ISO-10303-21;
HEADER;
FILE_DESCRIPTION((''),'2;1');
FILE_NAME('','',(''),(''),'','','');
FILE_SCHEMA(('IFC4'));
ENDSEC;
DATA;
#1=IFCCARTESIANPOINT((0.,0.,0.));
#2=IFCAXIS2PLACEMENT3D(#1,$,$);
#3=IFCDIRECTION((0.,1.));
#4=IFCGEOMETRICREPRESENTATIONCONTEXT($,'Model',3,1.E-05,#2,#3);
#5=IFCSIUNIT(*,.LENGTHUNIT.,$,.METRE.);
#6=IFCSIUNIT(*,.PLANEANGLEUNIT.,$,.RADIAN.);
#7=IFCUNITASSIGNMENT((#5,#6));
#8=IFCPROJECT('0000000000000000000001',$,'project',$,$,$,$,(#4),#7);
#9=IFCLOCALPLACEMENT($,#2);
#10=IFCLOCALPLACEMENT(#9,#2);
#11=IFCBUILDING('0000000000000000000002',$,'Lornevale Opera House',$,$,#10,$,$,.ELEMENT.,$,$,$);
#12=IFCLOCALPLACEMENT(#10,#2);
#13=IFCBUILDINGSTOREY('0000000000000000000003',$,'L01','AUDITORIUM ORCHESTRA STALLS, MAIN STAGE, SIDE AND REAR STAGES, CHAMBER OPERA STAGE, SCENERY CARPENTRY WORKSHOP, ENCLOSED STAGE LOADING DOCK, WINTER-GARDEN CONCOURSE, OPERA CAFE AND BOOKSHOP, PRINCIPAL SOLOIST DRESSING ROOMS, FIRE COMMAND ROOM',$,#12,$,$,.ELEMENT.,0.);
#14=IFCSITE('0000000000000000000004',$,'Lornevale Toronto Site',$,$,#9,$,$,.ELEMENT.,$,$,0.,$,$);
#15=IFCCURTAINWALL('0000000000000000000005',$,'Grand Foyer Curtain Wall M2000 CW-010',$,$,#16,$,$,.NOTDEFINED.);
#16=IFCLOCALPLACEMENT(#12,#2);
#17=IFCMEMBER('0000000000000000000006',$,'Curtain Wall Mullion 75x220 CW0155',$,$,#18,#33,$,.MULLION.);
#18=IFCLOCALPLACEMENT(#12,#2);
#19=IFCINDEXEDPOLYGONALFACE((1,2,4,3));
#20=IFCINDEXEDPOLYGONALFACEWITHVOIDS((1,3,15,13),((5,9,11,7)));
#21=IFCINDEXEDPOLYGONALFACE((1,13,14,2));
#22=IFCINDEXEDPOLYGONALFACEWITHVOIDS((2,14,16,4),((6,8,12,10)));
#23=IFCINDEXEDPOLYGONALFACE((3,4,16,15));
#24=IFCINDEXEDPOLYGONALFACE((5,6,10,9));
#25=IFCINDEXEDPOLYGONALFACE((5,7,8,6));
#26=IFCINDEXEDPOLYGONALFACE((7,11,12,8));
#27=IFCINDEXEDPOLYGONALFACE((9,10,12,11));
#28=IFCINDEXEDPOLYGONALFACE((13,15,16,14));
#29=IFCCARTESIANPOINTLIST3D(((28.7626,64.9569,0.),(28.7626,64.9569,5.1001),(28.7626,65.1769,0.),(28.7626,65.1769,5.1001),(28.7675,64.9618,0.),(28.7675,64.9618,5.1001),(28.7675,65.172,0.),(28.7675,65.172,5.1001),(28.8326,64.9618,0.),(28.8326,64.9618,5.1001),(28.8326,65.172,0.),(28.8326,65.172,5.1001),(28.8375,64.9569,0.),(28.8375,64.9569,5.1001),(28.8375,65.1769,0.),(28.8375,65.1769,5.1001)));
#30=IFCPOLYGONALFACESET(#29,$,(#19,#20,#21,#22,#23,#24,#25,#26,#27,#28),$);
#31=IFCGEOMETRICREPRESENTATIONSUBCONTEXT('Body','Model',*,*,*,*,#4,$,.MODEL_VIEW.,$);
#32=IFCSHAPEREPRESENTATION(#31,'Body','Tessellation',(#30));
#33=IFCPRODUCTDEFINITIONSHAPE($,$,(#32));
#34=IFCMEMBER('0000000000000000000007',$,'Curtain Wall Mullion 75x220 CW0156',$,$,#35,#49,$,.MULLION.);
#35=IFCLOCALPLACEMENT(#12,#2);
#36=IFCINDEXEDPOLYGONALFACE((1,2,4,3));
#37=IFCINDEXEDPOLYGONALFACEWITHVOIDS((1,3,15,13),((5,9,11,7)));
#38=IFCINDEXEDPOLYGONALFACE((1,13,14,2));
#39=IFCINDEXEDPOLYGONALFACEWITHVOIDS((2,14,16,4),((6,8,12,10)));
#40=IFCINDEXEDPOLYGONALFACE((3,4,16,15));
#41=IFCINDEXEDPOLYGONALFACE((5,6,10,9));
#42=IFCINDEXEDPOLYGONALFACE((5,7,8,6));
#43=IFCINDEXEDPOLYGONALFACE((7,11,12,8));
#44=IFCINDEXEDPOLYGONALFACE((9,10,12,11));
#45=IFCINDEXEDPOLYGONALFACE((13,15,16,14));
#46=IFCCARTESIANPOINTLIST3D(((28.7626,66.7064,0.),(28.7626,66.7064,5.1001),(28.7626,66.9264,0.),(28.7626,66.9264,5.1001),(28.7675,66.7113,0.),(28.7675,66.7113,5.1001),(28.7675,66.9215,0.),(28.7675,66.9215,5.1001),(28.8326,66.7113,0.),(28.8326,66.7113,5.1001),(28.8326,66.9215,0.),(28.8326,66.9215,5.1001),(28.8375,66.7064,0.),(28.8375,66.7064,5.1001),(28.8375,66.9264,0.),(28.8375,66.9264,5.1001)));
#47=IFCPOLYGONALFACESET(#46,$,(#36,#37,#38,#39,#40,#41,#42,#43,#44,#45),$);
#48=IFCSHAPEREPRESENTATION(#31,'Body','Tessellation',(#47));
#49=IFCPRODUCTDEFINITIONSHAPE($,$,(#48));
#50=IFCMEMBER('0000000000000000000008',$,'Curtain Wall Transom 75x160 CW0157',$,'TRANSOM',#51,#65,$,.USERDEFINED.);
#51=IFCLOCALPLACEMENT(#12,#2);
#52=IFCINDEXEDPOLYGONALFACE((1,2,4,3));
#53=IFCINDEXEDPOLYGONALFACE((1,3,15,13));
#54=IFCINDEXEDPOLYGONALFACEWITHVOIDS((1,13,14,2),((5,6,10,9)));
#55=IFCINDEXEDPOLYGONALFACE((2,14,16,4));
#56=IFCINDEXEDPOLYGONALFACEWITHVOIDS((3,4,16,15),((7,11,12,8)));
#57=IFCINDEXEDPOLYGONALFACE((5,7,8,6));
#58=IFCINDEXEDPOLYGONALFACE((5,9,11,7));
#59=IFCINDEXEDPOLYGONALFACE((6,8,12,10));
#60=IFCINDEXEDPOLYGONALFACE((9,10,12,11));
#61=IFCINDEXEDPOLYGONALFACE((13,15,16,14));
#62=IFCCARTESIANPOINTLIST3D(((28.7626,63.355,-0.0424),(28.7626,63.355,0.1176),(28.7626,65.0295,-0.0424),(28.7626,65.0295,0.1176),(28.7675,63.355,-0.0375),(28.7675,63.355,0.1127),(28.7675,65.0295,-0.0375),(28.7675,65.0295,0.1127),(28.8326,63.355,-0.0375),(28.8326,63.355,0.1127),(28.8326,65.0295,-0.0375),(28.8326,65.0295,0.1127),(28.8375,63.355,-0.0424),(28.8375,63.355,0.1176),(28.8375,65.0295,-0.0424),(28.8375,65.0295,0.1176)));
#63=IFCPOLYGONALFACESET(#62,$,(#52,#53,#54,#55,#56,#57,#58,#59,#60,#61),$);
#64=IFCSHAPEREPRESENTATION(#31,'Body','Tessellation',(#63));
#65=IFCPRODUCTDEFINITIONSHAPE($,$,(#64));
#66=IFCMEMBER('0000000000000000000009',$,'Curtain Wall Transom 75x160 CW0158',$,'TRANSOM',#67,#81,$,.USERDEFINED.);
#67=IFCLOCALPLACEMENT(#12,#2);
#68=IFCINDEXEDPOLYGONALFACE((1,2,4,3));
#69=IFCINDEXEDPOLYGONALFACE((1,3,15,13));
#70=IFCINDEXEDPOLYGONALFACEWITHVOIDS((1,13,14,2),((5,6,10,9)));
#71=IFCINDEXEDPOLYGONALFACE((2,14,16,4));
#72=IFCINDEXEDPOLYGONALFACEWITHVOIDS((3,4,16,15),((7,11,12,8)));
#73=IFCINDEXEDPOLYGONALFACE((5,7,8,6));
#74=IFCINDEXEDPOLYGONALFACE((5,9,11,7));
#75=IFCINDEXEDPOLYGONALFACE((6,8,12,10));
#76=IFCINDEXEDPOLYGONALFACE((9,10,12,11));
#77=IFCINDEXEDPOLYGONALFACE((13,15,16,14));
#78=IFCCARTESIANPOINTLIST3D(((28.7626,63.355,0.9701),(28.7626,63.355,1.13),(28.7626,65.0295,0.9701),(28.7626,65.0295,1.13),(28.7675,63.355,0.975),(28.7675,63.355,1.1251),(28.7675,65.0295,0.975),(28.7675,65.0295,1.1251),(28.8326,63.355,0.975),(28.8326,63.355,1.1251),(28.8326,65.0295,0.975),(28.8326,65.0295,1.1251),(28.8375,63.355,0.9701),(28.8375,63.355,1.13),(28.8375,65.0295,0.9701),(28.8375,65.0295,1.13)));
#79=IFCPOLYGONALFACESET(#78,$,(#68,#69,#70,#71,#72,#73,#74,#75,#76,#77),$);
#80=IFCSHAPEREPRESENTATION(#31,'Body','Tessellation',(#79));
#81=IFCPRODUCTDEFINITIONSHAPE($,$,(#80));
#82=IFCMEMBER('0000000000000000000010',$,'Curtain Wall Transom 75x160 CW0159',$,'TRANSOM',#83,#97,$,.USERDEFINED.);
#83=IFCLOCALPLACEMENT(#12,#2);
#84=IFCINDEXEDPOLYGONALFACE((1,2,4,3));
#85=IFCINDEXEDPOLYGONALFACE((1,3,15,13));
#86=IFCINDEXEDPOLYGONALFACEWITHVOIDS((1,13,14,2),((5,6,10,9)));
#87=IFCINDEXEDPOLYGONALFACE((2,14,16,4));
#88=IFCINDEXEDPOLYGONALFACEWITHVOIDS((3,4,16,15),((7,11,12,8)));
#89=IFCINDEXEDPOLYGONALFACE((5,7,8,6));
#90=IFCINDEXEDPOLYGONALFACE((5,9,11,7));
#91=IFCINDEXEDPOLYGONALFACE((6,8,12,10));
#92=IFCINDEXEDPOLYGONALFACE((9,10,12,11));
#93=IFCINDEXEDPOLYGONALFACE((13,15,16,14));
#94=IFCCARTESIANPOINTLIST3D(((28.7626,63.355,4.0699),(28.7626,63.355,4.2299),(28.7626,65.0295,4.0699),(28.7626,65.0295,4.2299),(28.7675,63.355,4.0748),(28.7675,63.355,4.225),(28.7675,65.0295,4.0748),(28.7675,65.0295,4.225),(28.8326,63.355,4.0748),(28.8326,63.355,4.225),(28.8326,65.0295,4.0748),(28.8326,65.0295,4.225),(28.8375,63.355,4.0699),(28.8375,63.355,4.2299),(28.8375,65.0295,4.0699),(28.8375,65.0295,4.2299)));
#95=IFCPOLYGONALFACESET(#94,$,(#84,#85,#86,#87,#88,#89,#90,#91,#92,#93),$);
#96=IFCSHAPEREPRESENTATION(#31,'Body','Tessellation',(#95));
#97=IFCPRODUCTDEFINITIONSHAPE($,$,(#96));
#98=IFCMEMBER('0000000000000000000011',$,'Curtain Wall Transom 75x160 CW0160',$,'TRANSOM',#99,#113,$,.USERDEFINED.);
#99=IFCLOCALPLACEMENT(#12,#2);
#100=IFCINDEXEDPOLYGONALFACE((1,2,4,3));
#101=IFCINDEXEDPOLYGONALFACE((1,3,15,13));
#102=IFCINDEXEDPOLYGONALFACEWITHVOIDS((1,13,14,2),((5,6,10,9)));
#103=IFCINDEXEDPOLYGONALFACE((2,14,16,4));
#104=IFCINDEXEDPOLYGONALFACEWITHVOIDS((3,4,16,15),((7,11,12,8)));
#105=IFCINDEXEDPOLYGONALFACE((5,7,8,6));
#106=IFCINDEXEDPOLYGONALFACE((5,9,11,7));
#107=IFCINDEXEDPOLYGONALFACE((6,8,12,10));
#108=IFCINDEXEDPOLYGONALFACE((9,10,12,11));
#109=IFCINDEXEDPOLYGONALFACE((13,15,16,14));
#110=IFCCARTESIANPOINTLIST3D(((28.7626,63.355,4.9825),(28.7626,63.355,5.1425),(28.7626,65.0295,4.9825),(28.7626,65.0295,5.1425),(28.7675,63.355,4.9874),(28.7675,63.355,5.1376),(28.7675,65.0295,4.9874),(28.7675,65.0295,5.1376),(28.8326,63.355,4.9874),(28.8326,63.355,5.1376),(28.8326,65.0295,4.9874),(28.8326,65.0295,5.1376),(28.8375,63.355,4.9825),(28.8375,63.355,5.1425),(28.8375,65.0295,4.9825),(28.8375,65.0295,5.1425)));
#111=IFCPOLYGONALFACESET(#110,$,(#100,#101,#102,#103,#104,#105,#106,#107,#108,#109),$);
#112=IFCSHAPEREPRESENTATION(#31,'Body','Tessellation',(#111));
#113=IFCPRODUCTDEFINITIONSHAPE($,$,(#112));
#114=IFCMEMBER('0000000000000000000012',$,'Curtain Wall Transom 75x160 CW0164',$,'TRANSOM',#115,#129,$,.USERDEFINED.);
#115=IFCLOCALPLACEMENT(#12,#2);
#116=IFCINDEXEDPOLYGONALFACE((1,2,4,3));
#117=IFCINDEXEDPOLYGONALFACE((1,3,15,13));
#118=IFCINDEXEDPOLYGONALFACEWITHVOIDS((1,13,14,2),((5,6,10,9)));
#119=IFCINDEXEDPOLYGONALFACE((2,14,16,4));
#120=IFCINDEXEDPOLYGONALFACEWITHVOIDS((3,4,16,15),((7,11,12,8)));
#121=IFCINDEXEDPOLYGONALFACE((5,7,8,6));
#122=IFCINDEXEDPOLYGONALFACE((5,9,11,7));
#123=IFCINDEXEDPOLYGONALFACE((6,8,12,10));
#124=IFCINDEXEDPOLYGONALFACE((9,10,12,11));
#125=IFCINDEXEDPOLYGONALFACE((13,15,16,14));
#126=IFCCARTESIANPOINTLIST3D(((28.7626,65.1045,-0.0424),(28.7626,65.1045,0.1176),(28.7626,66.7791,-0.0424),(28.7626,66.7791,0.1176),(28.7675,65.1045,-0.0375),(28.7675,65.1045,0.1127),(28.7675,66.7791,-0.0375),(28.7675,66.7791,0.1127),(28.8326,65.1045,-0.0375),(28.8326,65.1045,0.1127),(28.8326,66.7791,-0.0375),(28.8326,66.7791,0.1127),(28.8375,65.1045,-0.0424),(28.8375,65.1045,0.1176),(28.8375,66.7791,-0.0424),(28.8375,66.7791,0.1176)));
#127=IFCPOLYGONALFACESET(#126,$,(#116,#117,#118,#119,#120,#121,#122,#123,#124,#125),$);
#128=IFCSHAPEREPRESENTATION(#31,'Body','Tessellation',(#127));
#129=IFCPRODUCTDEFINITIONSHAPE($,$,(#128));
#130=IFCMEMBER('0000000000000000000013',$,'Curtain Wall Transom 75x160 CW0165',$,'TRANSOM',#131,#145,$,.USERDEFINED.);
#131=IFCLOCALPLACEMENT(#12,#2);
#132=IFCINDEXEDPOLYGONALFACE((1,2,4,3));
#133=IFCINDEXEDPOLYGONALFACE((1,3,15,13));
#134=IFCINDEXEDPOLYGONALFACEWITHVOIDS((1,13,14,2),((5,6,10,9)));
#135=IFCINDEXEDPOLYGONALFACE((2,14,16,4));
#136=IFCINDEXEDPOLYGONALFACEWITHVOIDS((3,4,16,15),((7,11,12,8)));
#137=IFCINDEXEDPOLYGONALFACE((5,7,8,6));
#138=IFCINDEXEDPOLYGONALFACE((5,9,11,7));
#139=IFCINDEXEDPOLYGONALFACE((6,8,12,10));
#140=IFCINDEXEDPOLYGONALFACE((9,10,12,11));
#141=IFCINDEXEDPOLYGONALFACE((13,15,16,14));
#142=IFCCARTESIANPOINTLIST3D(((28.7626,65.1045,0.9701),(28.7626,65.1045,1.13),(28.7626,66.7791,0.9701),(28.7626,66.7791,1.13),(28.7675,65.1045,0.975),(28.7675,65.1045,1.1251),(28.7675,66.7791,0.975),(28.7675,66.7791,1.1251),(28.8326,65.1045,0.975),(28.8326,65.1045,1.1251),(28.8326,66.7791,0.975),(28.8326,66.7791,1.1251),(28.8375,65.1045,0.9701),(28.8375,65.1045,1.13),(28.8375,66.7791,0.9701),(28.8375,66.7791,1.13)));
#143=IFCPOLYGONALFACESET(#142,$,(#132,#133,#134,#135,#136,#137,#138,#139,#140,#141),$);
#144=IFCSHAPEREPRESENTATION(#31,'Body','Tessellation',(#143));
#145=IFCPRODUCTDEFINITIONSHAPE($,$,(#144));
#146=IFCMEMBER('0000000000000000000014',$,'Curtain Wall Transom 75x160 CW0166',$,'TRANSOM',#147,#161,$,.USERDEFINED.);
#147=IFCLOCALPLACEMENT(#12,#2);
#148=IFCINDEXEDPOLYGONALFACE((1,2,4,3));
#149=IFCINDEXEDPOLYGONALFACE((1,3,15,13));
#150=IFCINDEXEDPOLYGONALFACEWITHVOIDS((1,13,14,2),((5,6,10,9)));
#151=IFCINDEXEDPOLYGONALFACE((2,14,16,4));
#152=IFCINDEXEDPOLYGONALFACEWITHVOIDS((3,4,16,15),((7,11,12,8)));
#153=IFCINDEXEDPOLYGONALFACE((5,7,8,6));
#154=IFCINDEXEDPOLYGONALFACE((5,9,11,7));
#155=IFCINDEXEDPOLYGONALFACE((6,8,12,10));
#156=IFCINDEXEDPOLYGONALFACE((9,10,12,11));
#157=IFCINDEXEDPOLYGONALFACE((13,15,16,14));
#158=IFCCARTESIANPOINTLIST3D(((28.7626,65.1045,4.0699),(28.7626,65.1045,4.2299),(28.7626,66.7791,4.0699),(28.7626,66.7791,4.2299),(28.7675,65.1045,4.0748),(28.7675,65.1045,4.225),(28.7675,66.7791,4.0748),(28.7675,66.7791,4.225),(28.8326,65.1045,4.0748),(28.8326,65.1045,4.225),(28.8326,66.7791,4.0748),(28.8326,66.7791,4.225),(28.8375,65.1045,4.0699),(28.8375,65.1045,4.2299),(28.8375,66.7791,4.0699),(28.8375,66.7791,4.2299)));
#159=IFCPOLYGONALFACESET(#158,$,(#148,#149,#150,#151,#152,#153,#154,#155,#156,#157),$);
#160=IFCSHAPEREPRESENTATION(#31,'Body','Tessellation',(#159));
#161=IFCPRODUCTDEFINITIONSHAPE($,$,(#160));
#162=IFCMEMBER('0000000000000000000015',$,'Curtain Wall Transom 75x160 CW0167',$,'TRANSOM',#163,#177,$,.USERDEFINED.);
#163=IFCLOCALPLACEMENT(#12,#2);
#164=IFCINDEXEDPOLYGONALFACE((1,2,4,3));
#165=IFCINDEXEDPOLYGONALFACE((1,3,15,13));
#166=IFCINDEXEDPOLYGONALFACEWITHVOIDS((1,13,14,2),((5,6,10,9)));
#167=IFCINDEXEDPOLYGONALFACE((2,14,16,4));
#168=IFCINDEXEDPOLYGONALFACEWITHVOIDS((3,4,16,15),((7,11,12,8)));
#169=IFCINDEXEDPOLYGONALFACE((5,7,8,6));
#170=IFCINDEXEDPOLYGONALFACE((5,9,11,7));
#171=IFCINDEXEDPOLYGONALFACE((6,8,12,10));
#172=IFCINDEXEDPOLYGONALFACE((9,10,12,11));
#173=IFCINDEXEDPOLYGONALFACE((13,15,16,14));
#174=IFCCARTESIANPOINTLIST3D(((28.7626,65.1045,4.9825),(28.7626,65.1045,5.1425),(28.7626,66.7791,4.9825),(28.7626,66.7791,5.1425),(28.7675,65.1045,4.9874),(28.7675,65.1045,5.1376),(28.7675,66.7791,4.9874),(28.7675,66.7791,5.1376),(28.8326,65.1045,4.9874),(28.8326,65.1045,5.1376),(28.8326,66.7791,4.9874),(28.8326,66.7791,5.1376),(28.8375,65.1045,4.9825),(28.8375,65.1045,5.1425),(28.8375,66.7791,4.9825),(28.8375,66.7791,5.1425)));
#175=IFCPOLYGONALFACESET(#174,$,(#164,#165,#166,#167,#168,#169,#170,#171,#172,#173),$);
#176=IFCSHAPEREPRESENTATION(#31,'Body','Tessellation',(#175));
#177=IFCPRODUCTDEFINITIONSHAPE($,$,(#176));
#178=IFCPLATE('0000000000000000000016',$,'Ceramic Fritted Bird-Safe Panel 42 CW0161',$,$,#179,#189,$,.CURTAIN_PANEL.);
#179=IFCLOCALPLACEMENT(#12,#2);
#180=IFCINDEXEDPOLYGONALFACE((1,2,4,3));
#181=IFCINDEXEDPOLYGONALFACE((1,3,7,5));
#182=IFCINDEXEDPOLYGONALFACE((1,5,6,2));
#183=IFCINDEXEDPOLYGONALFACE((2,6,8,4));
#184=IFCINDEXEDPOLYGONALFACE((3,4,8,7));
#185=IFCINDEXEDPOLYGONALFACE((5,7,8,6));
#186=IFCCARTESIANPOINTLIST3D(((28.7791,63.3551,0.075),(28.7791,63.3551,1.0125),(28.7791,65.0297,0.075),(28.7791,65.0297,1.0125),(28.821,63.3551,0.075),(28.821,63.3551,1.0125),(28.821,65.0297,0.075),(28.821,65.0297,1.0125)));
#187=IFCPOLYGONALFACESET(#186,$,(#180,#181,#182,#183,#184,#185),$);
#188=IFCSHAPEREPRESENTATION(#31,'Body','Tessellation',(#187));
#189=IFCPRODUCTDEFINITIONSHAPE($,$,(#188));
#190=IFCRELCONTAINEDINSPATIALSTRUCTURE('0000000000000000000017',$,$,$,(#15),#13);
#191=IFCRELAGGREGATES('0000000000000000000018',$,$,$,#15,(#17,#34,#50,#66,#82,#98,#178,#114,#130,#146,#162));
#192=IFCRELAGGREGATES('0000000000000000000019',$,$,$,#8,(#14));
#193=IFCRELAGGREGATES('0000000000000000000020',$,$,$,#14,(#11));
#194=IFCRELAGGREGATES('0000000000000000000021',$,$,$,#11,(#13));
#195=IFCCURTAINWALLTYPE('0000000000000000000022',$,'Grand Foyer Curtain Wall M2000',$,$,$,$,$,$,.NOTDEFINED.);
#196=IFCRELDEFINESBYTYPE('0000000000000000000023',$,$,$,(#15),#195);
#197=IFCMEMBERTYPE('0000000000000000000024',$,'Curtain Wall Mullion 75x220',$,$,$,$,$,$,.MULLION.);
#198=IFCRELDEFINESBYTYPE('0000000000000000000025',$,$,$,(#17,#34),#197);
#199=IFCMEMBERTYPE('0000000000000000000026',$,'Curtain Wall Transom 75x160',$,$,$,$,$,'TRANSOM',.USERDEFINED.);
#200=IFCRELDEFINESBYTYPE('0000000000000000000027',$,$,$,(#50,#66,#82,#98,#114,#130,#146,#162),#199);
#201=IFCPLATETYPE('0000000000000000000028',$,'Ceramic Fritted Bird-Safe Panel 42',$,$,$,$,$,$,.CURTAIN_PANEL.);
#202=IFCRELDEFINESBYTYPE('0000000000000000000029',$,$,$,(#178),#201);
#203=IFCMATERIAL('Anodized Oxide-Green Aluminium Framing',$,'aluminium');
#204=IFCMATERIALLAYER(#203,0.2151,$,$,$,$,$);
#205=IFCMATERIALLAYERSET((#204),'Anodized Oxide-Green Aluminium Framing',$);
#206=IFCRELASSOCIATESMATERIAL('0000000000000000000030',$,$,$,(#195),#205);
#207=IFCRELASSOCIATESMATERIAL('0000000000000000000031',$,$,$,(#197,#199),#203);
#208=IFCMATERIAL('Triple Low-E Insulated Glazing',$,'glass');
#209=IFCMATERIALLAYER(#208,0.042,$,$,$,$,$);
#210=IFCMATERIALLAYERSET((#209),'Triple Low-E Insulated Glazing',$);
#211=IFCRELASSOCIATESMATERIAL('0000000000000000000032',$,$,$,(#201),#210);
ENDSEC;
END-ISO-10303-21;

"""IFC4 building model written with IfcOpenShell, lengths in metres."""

from ifc_helpers import new_model, si_unit, direction, frame, origin, origin_2d, place, context, subcontext, project, spatial, rectangle, hollow_rectangle, extrude, material, layer, layer_set, material_profile, profile_set, type_object, element, aggregate, save


model = new_model("IFC4")

# Units and contexts
model_context = context("Model", 3, precision=1e-05, world=origin(), true_north=direction((0.0, 1.0)))
body_context = subcontext(model_context, "Body", "Model", "MODEL_VIEW")
ifc_project = project(units=[si_unit("LENGTHUNIT", "METRE"), si_unit("PLANEANGLEUNIT", "RADIAN")], contexts=[model_context])

# Site, building, storey
site_placement = place(None, origin())
site = spatial("IfcSite", under=ifc_project, at=site_placement, Name="Lornevale Toronto Site", CompositionType="ELEMENT", RefElevation=0.0)
building_placement = place(site_placement, origin())
building = spatial("IfcBuilding", under=site, at=building_placement, Name="Lornevale Opera House", CompositionType="ELEMENT")
storey_placement = place(building_placement, origin())
storey = spatial("IfcBuildingStorey", under=building, at=storey_placement, Name="L01", Description="AUDITORIUM ORCHESTRA STALLS, MAIN STAGE, SIDE AND REAR STAGES, CHAMBER OPERA STAGE, SCENERY CARPENTRY WORKSHOP, ENCLOSED STAGE LOADING DOCK, WINTER-GARDEN CONCOURSE, OPERA CAFE AND BOOKSHOP, PRINCIPAL SOLOIST DRESSING ROOMS, FIRE COMMAND ROOM", CompositionType="ELEMENT", Elevation=0.0)

# Curtain wall, members, plate
ifc_material_1 = material(Name="Anodized Oxide-Green Aluminium Framing", Category="aluminium")
ifc_layer_1 = layer(ifc_material_1, 0.2151)
ifc_layer_set_1 = layer_set([ifc_layer_1], Name="Anodized Oxide-Green Aluminium Framing")
curtain_wall_type = type_object("IfcCurtainWallType", Name="Grand Foyer Curtain Wall M2000", PredefinedType="NOTDEFINED", material=ifc_layer_set_1)
curtain_wall_placement = place(storey_placement, origin())
curtain_wall = element("IfcCurtainWall", 1, at=curtain_wall_placement, inside=storey, type_object=curtain_wall_type, Name="Grand Foyer Curtain Wall M2000 CW-010", PredefinedType="NOTDEFINED")
ifc_material_profile_1 = material_profile(ifc_material_1, hollow_rectangle(XDim=0.075, YDim=0.22, WallThickness=0.0049, at=origin_2d()), Name="ALU75x220x5")
ifc_profile_set_1 = profile_set([ifc_material_profile_1], Name="Anodized Oxide-Green Aluminium Framing")
member_type_1 = type_object("IfcMemberType", Name="Curtain Wall Mullion 75x220", PredefinedType="MULLION", material=ifc_profile_set_1)
member_1_placement = place(storey_placement, frame((28.8, 65.0669, 0.0), z_axis=(0.0, 0.0, 1.0), x_axis=(-1.0, 0.0, 0.0)))
member_1 = element("IfcMember", 2, at=member_1_placement, type_object=member_type_1, Name="Curtain Wall Mullion 75x220 CW0155", PredefinedType="MULLION", context=body_context, shape_type="SweptSolid", body=[
    extrude(hollow_rectangle(XDim=0.075, YDim=0.22, WallThickness=0.0049, at=origin_2d()), origin(), (0.0, 0.0, 1.0), 5.1001),
])
member_2_placement = place(storey_placement, frame((28.8, 66.8164, 0.0), z_axis=(0.0, 0.0, 1.0), x_axis=(-1.0, 0.0, 0.0)))
member_2 = element("IfcMember", 3, at=member_2_placement, type_object=member_type_1, Name="Curtain Wall Mullion 75x220 CW0156", PredefinedType="MULLION", context=body_context, shape_type="SweptSolid", body=[
    extrude(hollow_rectangle(XDim=0.075, YDim=0.22, WallThickness=0.0049, at=origin_2d()), origin(), (0.0, 0.0, 1.0), 5.1001),
])
ifc_material_profile_2 = material_profile(ifc_material_1, hollow_rectangle(XDim=0.075, YDim=0.1599, WallThickness=0.0049, at=origin_2d()), Name="ALU75x160x5")
ifc_profile_set_2 = profile_set([ifc_material_profile_2], Name="Anodized Oxide-Green Aluminium Framing")
member_type_2 = type_object("IfcMemberType", Name="Curtain Wall Transom 75x160", ElementType="TRANSOM", PredefinedType="USERDEFINED", material=ifc_profile_set_2)
member_3_placement = place(storey_placement, frame((28.8, 63.355, 0.0376), z_axis=(0.0, 1.0, 0.0), x_axis=(-1.0, 0.0, 0.0)))
member_3 = element("IfcMember", 4, at=member_3_placement, type_object=member_type_2, Name="Curtain Wall Transom 75x160 CW0157", ObjectType="TRANSOM", PredefinedType="USERDEFINED", context=body_context, shape_type="SweptSolid", body=[
    extrude(hollow_rectangle(XDim=0.075, YDim=0.1599, WallThickness=0.0049, at=origin_2d()), origin(), (0.0, 0.0, 1.0), 1.6746),
])
member_4_placement = place(storey_placement, frame((28.8, 63.355, 1.05), z_axis=(0.0, 1.0, 0.0), x_axis=(-1.0, 0.0, 0.0)))
member_4 = element("IfcMember", 5, at=member_4_placement, type_object=member_type_2, Name="Curtain Wall Transom 75x160 CW0158", ObjectType="TRANSOM", PredefinedType="USERDEFINED", context=body_context, shape_type="SweptSolid", body=[
    extrude(hollow_rectangle(XDim=0.075, YDim=0.1599, WallThickness=0.0049, at=origin_2d()), origin(), (0.0, 0.0, 1.0), 1.6746),
])
member_5_placement = place(storey_placement, frame((28.8, 63.355, 4.1499), z_axis=(0.0, 1.0, 0.0), x_axis=(-1.0, 0.0, 0.0)))
member_5 = element("IfcMember", 6, at=member_5_placement, type_object=member_type_2, Name="Curtain Wall Transom 75x160 CW0159", ObjectType="TRANSOM", PredefinedType="USERDEFINED", context=body_context, shape_type="SweptSolid", body=[
    extrude(hollow_rectangle(XDim=0.075, YDim=0.1599, WallThickness=0.0049, at=origin_2d()), origin(), (0.0, 0.0, 1.0), 1.6746),
])
member_6_placement = place(storey_placement, frame((28.8, 63.355, 5.0625), z_axis=(0.0, 1.0, 0.0), x_axis=(-1.0, 0.0, 0.0)))
member_6 = element("IfcMember", 7, at=member_6_placement, type_object=member_type_2, Name="Curtain Wall Transom 75x160 CW0160", ObjectType="TRANSOM", PredefinedType="USERDEFINED", context=body_context, shape_type="SweptSolid", body=[
    extrude(hollow_rectangle(XDim=0.075, YDim=0.1599, WallThickness=0.0049, at=origin_2d()), origin(), (0.0, 0.0, 1.0), 1.6746),
])
member_7_placement = place(storey_placement, frame((28.8, 65.1045, 0.0376), z_axis=(0.0, 1.0, 0.0), x_axis=(-1.0, 0.0, 0.0)))
member_7 = element("IfcMember", 8, at=member_7_placement, type_object=member_type_2, Name="Curtain Wall Transom 75x160 CW0164", ObjectType="TRANSOM", PredefinedType="USERDEFINED", context=body_context, shape_type="SweptSolid", body=[
    extrude(hollow_rectangle(XDim=0.075, YDim=0.1599, WallThickness=0.0049, at=origin_2d()), origin(), (0.0, 0.0, 1.0), 1.6746),
])
member_8_placement = place(storey_placement, frame((28.8, 65.1045, 1.05), z_axis=(0.0, 1.0, 0.0), x_axis=(-1.0, 0.0, 0.0)))
member_8 = element("IfcMember", 9, at=member_8_placement, type_object=member_type_2, Name="Curtain Wall Transom 75x160 CW0165", ObjectType="TRANSOM", PredefinedType="USERDEFINED", context=body_context, shape_type="SweptSolid", body=[
    extrude(hollow_rectangle(XDim=0.075, YDim=0.1599, WallThickness=0.0049, at=origin_2d()), origin(), (0.0, 0.0, 1.0), 1.6746),
])
member_9_placement = place(storey_placement, frame((28.8, 65.1045, 4.1499), z_axis=(0.0, 1.0, 0.0), x_axis=(-1.0, 0.0, 0.0)))
member_9 = element("IfcMember", 10, at=member_9_placement, type_object=member_type_2, Name="Curtain Wall Transom 75x160 CW0166", ObjectType="TRANSOM", PredefinedType="USERDEFINED", context=body_context, shape_type="SweptSolid", body=[
    extrude(hollow_rectangle(XDim=0.075, YDim=0.1599, WallThickness=0.0049, at=origin_2d()), origin(), (0.0, 0.0, 1.0), 1.6746),
])
member_10_placement = place(storey_placement, frame((28.8, 65.1045, 5.0625), z_axis=(0.0, 1.0, 0.0), x_axis=(-1.0, 0.0, 0.0)))
member_10 = element("IfcMember", 11, at=member_10_placement, type_object=member_type_2, Name="Curtain Wall Transom 75x160 CW0167", ObjectType="TRANSOM", PredefinedType="USERDEFINED", context=body_context, shape_type="SweptSolid", body=[
    extrude(hollow_rectangle(XDim=0.075, YDim=0.1599, WallThickness=0.0049, at=origin_2d()), origin(), (0.0, 0.0, 1.0), 1.6746),
])
ifc_material_2 = material(Name="Triple Low-E Insulated Glazing", Category="glass")
ifc_layer_2 = layer(ifc_material_2, 0.042)
ifc_layer_set_2 = layer_set([ifc_layer_2], Name="Triple Low-E Insulated Glazing")
plate_type = type_object("IfcPlateType", Name="Ceramic Fritted Bird-Safe Panel 42", PredefinedType="CURTAIN_PANEL", material=ifc_layer_set_2)
plate_1_placement = place(storey_placement, frame((28.8, 64.1924, 0.075), z_axis=(0.0, 0.0, 1.0), x_axis=(0.0, 1.0, 0.0)))
plate_1 = element("IfcPlate", 12, at=plate_1_placement, type_object=plate_type, Name="Ceramic Fritted Bird-Safe Panel 42 CW0161", PredefinedType="CURTAIN_PANEL", context=body_context, shape_type="SweptSolid", body=[
    extrude(rectangle(XDim=1.6746, YDim=0.042, at=origin_2d()), origin(), (0.0, 0.0, 1.0), 0.9375),
])
aggregate(curtain_wall, [member_1, member_2, member_3, member_4, member_5, member_6, plate_1, member_7, member_8, member_9, member_10])

save(model, "model.ifc")
